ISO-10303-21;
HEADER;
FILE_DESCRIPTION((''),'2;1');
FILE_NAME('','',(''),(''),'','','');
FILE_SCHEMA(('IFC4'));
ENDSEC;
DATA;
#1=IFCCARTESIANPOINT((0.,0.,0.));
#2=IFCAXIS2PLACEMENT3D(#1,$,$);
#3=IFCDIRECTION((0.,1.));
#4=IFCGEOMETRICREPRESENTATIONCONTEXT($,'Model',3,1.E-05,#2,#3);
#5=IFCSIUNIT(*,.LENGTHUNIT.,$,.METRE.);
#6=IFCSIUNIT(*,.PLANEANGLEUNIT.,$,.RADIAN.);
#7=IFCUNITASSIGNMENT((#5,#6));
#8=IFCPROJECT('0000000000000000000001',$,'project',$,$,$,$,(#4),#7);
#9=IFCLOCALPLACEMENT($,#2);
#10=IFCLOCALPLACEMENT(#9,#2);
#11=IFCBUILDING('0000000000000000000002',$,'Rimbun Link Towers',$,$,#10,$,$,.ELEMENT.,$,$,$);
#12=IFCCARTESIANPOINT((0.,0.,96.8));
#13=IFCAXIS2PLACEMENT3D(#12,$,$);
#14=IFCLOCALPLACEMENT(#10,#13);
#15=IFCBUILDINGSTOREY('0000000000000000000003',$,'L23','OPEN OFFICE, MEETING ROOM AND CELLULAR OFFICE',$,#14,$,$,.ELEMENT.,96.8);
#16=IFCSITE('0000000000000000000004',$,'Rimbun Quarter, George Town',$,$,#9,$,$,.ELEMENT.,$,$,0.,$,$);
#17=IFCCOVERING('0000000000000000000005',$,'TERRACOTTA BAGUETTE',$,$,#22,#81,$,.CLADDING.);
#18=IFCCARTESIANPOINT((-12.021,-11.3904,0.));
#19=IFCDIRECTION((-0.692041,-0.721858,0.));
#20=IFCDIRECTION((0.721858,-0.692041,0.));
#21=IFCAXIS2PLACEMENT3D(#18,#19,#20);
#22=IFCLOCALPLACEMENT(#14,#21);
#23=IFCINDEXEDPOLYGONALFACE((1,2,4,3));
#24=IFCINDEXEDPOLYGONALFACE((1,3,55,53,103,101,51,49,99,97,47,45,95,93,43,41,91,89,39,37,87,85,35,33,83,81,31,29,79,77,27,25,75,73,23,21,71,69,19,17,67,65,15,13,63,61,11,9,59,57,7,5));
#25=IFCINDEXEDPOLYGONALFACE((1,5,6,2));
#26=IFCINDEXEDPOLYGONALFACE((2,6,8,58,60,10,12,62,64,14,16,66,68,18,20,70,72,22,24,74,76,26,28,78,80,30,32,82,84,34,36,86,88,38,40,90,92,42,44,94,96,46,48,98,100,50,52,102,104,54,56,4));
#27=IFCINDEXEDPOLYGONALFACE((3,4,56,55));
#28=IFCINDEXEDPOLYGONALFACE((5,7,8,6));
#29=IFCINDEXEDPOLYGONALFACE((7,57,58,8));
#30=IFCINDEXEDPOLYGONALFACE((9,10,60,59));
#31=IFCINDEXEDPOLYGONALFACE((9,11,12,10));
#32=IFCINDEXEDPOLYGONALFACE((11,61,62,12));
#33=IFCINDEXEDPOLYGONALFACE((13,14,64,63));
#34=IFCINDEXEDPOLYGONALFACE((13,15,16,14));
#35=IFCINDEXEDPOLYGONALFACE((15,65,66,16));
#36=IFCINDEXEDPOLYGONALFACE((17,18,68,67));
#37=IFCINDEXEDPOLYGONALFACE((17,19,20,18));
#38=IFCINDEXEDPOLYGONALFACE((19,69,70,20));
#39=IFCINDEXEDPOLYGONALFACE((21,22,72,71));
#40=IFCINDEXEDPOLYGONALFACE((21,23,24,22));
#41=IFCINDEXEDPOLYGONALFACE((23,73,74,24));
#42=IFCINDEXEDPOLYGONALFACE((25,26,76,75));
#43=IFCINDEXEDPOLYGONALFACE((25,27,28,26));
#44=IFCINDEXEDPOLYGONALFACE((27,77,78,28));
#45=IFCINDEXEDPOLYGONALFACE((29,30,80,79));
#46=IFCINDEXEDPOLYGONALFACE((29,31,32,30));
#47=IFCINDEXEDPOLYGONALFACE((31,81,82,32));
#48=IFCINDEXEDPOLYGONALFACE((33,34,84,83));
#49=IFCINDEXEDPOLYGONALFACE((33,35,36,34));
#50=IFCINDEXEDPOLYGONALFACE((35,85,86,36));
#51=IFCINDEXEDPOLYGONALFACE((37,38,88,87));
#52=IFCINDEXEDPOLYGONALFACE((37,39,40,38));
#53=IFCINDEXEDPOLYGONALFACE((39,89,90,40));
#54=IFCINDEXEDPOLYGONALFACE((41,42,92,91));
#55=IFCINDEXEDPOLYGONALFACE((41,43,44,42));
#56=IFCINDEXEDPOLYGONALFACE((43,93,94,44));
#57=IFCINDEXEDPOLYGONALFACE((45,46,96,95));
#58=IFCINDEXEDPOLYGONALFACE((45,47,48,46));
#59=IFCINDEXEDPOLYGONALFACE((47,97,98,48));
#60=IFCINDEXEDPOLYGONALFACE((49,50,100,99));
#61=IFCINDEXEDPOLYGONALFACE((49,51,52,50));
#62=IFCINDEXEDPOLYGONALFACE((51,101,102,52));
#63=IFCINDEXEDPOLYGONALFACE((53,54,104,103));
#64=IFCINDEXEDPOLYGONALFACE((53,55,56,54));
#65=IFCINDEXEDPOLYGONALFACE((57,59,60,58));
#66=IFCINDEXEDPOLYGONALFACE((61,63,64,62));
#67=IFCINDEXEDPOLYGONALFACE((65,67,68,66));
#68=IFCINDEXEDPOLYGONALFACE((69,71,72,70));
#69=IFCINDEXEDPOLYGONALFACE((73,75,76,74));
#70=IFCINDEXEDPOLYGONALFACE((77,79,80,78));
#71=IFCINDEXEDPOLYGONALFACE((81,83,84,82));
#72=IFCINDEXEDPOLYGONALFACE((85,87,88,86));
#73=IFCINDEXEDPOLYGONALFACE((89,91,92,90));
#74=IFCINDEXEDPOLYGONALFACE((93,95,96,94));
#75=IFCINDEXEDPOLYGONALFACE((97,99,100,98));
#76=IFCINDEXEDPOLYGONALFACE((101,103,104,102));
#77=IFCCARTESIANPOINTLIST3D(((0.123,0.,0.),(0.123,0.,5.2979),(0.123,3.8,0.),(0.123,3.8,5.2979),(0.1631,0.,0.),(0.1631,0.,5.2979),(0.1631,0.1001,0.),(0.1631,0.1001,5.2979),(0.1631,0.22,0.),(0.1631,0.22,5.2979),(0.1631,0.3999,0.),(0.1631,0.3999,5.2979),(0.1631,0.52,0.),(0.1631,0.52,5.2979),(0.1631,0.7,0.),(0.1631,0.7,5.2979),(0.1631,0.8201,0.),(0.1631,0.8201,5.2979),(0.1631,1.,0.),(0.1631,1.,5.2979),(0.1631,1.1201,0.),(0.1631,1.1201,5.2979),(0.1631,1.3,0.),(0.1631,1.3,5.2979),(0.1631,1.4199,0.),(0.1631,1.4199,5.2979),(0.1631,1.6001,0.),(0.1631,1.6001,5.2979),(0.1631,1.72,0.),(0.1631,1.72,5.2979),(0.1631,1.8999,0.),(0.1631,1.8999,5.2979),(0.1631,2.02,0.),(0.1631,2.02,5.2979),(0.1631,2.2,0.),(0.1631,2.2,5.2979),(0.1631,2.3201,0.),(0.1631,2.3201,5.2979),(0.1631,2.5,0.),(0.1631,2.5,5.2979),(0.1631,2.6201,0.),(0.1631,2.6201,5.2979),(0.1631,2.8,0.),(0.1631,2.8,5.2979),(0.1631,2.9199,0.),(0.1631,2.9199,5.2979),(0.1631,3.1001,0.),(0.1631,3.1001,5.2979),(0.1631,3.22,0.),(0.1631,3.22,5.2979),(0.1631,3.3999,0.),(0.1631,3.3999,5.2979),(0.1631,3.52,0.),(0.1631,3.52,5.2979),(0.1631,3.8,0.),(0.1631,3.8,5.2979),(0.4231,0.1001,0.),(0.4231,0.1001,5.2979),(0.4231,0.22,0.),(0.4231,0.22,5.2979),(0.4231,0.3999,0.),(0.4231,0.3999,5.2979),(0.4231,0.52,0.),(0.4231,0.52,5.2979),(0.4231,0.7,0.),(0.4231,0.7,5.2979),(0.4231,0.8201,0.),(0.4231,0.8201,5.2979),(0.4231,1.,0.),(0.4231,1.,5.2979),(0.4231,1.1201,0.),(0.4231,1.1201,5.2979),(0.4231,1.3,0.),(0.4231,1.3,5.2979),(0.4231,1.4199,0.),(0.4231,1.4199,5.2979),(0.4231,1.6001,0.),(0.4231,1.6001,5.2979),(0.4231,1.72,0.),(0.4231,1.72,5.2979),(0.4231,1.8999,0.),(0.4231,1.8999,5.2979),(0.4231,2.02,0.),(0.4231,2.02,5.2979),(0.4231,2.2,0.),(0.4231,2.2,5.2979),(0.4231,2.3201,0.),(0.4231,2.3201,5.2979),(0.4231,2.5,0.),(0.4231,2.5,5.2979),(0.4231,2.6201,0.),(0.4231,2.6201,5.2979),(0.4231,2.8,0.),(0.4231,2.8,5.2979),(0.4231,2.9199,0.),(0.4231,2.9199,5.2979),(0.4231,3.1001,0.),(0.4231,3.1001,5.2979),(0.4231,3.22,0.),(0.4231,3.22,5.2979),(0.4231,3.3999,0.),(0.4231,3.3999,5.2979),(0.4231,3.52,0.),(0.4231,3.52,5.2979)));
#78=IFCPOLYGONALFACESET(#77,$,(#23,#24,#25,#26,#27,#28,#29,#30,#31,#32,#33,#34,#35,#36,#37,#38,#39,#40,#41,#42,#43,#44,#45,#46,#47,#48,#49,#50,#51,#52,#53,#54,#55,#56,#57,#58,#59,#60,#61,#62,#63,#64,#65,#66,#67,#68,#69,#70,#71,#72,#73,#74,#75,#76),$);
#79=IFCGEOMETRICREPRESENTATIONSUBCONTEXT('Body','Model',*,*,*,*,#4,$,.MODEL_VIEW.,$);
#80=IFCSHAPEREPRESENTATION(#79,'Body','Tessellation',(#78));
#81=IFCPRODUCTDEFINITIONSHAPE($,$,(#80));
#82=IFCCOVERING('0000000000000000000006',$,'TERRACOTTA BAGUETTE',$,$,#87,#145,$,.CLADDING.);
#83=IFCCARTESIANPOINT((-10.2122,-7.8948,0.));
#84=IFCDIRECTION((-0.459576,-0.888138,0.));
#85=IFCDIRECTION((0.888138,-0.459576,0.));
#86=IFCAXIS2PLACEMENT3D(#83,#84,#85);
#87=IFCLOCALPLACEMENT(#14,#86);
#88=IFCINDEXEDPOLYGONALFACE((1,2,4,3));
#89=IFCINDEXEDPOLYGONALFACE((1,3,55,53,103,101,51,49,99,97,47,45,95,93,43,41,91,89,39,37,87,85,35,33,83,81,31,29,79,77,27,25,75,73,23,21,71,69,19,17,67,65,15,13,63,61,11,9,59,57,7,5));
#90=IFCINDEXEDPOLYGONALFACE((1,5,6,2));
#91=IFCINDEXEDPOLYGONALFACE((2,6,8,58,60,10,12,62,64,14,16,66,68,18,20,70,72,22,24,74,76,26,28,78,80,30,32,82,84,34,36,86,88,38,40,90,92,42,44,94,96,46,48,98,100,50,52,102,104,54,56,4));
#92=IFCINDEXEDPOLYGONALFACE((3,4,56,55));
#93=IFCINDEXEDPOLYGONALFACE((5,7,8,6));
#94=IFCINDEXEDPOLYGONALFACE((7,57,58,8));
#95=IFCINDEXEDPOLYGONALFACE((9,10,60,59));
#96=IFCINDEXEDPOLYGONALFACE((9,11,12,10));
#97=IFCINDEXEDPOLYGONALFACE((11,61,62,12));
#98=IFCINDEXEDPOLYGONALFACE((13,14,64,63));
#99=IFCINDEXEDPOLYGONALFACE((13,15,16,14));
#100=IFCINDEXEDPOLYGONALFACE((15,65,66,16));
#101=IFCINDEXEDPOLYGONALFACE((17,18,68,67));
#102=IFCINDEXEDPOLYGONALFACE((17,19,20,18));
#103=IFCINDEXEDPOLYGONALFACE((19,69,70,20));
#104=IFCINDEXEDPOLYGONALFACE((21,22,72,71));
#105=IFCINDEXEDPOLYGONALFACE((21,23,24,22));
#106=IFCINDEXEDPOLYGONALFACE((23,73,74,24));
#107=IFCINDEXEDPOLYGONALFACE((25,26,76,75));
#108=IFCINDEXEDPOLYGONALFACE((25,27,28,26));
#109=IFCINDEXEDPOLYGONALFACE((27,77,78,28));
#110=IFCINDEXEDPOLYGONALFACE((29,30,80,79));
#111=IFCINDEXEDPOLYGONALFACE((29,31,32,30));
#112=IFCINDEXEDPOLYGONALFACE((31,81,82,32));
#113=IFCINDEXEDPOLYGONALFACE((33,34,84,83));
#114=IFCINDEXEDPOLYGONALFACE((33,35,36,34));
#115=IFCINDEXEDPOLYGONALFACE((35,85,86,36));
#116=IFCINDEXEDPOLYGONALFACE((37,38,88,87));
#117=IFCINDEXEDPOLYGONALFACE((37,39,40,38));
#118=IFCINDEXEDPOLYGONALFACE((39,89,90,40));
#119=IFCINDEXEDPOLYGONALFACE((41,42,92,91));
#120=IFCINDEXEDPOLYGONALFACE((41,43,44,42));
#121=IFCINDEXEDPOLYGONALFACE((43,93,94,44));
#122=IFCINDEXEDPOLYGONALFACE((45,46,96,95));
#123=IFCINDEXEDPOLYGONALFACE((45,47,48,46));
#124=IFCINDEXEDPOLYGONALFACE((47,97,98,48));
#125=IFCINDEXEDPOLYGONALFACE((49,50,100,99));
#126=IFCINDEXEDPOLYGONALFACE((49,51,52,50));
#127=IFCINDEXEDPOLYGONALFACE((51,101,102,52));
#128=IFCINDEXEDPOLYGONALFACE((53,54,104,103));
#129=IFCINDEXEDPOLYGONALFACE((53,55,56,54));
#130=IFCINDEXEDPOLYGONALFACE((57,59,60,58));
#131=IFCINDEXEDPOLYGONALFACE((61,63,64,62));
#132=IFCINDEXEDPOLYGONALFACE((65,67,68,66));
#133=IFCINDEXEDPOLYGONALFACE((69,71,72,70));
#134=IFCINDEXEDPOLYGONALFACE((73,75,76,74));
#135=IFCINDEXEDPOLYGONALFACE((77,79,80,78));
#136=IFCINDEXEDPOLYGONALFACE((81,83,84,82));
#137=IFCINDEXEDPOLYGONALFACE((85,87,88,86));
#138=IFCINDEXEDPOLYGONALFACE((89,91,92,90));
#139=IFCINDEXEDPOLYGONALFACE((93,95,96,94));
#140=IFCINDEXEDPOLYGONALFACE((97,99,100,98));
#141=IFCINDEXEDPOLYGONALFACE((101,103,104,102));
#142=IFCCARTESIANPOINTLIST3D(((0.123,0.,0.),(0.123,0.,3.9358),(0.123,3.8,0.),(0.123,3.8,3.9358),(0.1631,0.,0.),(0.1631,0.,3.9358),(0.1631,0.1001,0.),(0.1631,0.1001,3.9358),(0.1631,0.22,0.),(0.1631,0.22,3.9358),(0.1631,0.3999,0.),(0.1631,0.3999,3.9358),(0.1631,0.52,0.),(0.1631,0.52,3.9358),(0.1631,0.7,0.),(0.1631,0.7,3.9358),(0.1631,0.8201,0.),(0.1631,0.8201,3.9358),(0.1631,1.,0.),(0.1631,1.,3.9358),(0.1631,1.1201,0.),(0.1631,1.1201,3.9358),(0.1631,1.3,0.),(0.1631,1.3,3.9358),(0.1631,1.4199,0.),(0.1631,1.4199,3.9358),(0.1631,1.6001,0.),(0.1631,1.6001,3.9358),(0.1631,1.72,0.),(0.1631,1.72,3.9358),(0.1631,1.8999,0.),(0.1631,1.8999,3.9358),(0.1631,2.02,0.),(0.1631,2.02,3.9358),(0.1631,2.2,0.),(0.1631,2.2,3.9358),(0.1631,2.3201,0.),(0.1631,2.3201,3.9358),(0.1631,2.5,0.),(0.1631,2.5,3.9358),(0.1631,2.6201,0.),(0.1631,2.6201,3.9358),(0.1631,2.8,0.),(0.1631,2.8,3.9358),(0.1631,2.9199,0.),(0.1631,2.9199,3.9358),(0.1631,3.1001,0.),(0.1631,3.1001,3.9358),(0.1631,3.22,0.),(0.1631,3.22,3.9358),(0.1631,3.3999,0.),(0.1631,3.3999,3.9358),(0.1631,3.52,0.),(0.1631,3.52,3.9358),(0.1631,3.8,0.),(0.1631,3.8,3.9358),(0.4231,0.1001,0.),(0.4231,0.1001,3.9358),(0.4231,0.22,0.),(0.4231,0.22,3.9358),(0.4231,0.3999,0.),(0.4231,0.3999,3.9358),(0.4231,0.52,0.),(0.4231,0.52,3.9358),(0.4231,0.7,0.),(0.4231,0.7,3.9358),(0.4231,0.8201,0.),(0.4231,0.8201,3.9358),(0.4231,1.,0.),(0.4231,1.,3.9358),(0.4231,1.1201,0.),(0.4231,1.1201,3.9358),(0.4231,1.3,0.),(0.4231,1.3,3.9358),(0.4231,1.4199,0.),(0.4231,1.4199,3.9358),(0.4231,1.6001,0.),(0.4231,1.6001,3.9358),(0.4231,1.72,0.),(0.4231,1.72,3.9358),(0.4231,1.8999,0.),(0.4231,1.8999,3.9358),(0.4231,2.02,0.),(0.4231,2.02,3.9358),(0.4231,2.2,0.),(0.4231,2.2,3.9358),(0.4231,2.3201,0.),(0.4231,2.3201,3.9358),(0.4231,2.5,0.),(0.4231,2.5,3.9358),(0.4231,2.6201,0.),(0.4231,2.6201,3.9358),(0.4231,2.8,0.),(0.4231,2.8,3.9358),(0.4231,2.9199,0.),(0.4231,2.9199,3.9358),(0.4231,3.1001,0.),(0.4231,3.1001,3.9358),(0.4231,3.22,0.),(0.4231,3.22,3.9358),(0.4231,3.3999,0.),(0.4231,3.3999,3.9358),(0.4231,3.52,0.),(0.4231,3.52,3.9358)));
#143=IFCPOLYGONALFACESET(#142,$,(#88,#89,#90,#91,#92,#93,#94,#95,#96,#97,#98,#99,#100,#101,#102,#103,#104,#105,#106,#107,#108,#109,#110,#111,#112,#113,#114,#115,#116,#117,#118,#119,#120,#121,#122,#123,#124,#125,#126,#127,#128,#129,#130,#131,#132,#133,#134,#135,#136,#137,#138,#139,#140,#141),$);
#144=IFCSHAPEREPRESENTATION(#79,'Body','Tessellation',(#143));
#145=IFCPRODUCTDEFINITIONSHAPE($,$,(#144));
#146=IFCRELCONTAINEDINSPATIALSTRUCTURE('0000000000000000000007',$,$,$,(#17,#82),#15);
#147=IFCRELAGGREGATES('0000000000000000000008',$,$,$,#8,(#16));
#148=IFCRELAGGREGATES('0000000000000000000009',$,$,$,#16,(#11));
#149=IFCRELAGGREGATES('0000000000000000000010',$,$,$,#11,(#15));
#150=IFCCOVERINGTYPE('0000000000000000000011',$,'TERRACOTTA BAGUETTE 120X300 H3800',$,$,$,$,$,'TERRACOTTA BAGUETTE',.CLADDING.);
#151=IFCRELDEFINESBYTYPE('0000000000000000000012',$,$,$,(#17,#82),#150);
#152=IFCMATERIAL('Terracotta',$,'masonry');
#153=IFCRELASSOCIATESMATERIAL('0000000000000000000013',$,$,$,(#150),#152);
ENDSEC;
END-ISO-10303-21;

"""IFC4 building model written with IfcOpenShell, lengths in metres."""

from ifc_helpers import new_model, si_unit, direction, frame, origin, place, context, subcontext, project, spatial, polyline, outline, extrude, material, material_profile, profile_set, type_object, element, save


model = new_model("IFC4")

# Units and contexts
model_context = context("Model", 3, precision=1e-05, world=origin(), true_north=direction((0.0, 1.0)))
body_context = subcontext(model_context, "Body", "Model", "MODEL_VIEW")
ifc_project = project(units=[si_unit("LENGTHUNIT", "METRE"), si_unit("PLANEANGLEUNIT", "RADIAN")], contexts=[model_context])

# Site, building, storey
site_placement = place(None, origin())
site = spatial("IfcSite", under=ifc_project, at=site_placement, Name="Rimbun Quarter, George Town", CompositionType="ELEMENT", RefElevation=0.0)
building_placement = place(site_placement, origin())
building = spatial("IfcBuilding", under=site, at=building_placement, Name="Rimbun Link Towers", CompositionType="ELEMENT")
storey_placement = place(building_placement, frame((0.0, 0.0, 96.8)))
storey = spatial("IfcBuildingStorey", under=building, at=storey_placement, Name="L23", Description="OPEN OFFICE, MEETING ROOM AND CELLULAR OFFICE", CompositionType="ELEMENT", Elevation=96.8)

# Coverings
ifc_material_1 = material(Name="Terracotta", Category="masonry")
ifc_material_profile_1 = material_profile(ifc_material_1, outline(polyline([(0.123, 0.0), (0.1631, 0.0), (0.1631, 0.1001), (0.4231, 0.1001), (0.4231, 0.22), (0.1631, 0.22), (0.1631, 0.3999), (0.4231, 0.3999), (0.4231, 0.52), (0.1631, 0.52), (0.1631, 0.7), (0.4231, 0.7), (0.4231, 0.8201), (0.1631, 0.8201), (0.1631, 1.0), (0.4231, 1.0), (0.4231, 1.1201), (0.1631, 1.1201), (0.1631, 1.3), (0.4231, 1.3), (0.4231, 1.4199), (0.1631, 1.4199), (0.1631, 1.6001), (0.4231, 1.6001), (0.4231, 1.72), (0.1631, 1.72), (0.1631, 1.8999), (0.4231, 1.8999), (0.4231, 2.02), (0.1631, 2.02), (0.1631, 2.2), (0.4231, 2.2), (0.4231, 2.3201), (0.1631, 2.3201), (0.1631, 2.5), (0.4231, 2.5), (0.4231, 2.6201), (0.1631, 2.6201), (0.1631, 2.8), (0.4231, 2.8), (0.4231, 2.9199), (0.1631, 2.9199), (0.1631, 3.1001), (0.4231, 3.1001), (0.4231, 3.22), (0.1631, 3.22), (0.1631, 3.3999), (0.4231, 3.3999), (0.4231, 3.52), (0.1631, 3.52), (0.1631, 3.8), (0.123, 3.8), (0.123, 0.0)])), Name="BAGUETTE 120X300")
ifc_profile_set_1 = profile_set([ifc_material_profile_1], Name="Terracotta")
covering_type = type_object("IfcCoveringType", Name="TERRACOTTA BAGUETTE 120X300 H3800", ElementType="TERRACOTTA BAGUETTE", PredefinedType="CLADDING", material=ifc_profile_set_1)
covering_1_placement = place(storey_placement, frame((-12.021, -11.3904, 0.0), z_axis=(-0.692041, -0.721858, 0.0), x_axis=(0.721858, -0.692041, 0.0)))
element("IfcCovering", 1, at=covering_1_placement, inside=storey, type_object=covering_type, Name="TERRACOTTA BAGUETTE", PredefinedType="CLADDING", context=body_context, shape_type="SweptSolid", body=[
    extrude(outline(polyline([(0.123, 0.0), (0.1631, 0.0), (0.1631, 0.1001), (0.4231, 0.1001), (0.4231, 0.22), (0.1631, 0.22), (0.1631, 0.3999), (0.4231, 0.3999), (0.4231, 0.52), (0.1631, 0.52), (0.1631, 0.7), (0.4231, 0.7), (0.4231, 0.8201), (0.1631, 0.8201), (0.1631, 1.0), (0.4231, 1.0), (0.4231, 1.1201), (0.1631, 1.1201), (0.1631, 1.3), (0.4231, 1.3), (0.4231, 1.4199), (0.1631, 1.4199), (0.1631, 1.6001), (0.4231, 1.6001), (0.4231, 1.72), (0.1631, 1.72), (0.1631, 1.8999), (0.4231, 1.8999), (0.4231, 2.02), (0.1631, 2.02), (0.1631, 2.2), (0.4231, 2.2), (0.4231, 2.3201), (0.1631, 2.3201), (0.1631, 2.5), (0.4231, 2.5), (0.4231, 2.6201), (0.1631, 2.6201), (0.1631, 2.8), (0.4231, 2.8), (0.4231, 2.9199), (0.1631, 2.9199), (0.1631, 3.1001), (0.4231, 3.1001), (0.4231, 3.22), (0.1631, 3.22), (0.1631, 3.3999), (0.4231, 3.3999), (0.4231, 3.52), (0.1631, 3.52), (0.1631, 3.8), (0.123, 3.8), (0.123, 0.0)])), origin(), (0.0, 0.0, 1.0), 5.2979),
])
covering_2_placement = place(storey_placement, frame((-10.2122, -7.8948, 0.0), z_axis=(-0.459576, -0.888138, 0.0), x_axis=(0.888138, -0.459576, 0.0)))
element("IfcCovering", 2, at=covering_2_placement, inside=storey, type_object=covering_type, Name="TERRACOTTA BAGUETTE", PredefinedType="CLADDING", context=body_context, shape_type="SweptSolid", body=[
    extrude(outline(polyline([(0.123, 0.0), (0.1631, 0.0), (0.1631, 0.1001), (0.4231, 0.1001), (0.4231, 0.22), (0.1631, 0.22), (0.1631, 0.3999), (0.4231, 0.3999), (0.4231, 0.52), (0.1631, 0.52), (0.1631, 0.7), (0.4231, 0.7), (0.4231, 0.8201), (0.1631, 0.8201), (0.1631, 1.0), (0.4231, 1.0), (0.4231, 1.1201), (0.1631, 1.1201), (0.1631, 1.3), (0.4231, 1.3), (0.4231, 1.4199), (0.1631, 1.4199), (0.1631, 1.6001), (0.4231, 1.6001), (0.4231, 1.72), (0.1631, 1.72), (0.1631, 1.8999), (0.4231, 1.8999), (0.4231, 2.02), (0.1631, 2.02), (0.1631, 2.2), (0.4231, 2.2), (0.4231, 2.3201), (0.1631, 2.3201), (0.1631, 2.5), (0.4231, 2.5), (0.4231, 2.6201), (0.1631, 2.6201), (0.1631, 2.8), (0.4231, 2.8), (0.4231, 2.9199), (0.1631, 2.9199), (0.1631, 3.1001), (0.4231, 3.1001), (0.4231, 3.22), (0.1631, 3.22), (0.1631, 3.3999), (0.4231, 3.3999), (0.4231, 3.52), (0.1631, 3.52), (0.1631, 3.8), (0.123, 3.8), (0.123, 0.0)])), origin(), (0.0, 0.0, 1.0), 3.9358),
])

save(model, "model.ifc")
